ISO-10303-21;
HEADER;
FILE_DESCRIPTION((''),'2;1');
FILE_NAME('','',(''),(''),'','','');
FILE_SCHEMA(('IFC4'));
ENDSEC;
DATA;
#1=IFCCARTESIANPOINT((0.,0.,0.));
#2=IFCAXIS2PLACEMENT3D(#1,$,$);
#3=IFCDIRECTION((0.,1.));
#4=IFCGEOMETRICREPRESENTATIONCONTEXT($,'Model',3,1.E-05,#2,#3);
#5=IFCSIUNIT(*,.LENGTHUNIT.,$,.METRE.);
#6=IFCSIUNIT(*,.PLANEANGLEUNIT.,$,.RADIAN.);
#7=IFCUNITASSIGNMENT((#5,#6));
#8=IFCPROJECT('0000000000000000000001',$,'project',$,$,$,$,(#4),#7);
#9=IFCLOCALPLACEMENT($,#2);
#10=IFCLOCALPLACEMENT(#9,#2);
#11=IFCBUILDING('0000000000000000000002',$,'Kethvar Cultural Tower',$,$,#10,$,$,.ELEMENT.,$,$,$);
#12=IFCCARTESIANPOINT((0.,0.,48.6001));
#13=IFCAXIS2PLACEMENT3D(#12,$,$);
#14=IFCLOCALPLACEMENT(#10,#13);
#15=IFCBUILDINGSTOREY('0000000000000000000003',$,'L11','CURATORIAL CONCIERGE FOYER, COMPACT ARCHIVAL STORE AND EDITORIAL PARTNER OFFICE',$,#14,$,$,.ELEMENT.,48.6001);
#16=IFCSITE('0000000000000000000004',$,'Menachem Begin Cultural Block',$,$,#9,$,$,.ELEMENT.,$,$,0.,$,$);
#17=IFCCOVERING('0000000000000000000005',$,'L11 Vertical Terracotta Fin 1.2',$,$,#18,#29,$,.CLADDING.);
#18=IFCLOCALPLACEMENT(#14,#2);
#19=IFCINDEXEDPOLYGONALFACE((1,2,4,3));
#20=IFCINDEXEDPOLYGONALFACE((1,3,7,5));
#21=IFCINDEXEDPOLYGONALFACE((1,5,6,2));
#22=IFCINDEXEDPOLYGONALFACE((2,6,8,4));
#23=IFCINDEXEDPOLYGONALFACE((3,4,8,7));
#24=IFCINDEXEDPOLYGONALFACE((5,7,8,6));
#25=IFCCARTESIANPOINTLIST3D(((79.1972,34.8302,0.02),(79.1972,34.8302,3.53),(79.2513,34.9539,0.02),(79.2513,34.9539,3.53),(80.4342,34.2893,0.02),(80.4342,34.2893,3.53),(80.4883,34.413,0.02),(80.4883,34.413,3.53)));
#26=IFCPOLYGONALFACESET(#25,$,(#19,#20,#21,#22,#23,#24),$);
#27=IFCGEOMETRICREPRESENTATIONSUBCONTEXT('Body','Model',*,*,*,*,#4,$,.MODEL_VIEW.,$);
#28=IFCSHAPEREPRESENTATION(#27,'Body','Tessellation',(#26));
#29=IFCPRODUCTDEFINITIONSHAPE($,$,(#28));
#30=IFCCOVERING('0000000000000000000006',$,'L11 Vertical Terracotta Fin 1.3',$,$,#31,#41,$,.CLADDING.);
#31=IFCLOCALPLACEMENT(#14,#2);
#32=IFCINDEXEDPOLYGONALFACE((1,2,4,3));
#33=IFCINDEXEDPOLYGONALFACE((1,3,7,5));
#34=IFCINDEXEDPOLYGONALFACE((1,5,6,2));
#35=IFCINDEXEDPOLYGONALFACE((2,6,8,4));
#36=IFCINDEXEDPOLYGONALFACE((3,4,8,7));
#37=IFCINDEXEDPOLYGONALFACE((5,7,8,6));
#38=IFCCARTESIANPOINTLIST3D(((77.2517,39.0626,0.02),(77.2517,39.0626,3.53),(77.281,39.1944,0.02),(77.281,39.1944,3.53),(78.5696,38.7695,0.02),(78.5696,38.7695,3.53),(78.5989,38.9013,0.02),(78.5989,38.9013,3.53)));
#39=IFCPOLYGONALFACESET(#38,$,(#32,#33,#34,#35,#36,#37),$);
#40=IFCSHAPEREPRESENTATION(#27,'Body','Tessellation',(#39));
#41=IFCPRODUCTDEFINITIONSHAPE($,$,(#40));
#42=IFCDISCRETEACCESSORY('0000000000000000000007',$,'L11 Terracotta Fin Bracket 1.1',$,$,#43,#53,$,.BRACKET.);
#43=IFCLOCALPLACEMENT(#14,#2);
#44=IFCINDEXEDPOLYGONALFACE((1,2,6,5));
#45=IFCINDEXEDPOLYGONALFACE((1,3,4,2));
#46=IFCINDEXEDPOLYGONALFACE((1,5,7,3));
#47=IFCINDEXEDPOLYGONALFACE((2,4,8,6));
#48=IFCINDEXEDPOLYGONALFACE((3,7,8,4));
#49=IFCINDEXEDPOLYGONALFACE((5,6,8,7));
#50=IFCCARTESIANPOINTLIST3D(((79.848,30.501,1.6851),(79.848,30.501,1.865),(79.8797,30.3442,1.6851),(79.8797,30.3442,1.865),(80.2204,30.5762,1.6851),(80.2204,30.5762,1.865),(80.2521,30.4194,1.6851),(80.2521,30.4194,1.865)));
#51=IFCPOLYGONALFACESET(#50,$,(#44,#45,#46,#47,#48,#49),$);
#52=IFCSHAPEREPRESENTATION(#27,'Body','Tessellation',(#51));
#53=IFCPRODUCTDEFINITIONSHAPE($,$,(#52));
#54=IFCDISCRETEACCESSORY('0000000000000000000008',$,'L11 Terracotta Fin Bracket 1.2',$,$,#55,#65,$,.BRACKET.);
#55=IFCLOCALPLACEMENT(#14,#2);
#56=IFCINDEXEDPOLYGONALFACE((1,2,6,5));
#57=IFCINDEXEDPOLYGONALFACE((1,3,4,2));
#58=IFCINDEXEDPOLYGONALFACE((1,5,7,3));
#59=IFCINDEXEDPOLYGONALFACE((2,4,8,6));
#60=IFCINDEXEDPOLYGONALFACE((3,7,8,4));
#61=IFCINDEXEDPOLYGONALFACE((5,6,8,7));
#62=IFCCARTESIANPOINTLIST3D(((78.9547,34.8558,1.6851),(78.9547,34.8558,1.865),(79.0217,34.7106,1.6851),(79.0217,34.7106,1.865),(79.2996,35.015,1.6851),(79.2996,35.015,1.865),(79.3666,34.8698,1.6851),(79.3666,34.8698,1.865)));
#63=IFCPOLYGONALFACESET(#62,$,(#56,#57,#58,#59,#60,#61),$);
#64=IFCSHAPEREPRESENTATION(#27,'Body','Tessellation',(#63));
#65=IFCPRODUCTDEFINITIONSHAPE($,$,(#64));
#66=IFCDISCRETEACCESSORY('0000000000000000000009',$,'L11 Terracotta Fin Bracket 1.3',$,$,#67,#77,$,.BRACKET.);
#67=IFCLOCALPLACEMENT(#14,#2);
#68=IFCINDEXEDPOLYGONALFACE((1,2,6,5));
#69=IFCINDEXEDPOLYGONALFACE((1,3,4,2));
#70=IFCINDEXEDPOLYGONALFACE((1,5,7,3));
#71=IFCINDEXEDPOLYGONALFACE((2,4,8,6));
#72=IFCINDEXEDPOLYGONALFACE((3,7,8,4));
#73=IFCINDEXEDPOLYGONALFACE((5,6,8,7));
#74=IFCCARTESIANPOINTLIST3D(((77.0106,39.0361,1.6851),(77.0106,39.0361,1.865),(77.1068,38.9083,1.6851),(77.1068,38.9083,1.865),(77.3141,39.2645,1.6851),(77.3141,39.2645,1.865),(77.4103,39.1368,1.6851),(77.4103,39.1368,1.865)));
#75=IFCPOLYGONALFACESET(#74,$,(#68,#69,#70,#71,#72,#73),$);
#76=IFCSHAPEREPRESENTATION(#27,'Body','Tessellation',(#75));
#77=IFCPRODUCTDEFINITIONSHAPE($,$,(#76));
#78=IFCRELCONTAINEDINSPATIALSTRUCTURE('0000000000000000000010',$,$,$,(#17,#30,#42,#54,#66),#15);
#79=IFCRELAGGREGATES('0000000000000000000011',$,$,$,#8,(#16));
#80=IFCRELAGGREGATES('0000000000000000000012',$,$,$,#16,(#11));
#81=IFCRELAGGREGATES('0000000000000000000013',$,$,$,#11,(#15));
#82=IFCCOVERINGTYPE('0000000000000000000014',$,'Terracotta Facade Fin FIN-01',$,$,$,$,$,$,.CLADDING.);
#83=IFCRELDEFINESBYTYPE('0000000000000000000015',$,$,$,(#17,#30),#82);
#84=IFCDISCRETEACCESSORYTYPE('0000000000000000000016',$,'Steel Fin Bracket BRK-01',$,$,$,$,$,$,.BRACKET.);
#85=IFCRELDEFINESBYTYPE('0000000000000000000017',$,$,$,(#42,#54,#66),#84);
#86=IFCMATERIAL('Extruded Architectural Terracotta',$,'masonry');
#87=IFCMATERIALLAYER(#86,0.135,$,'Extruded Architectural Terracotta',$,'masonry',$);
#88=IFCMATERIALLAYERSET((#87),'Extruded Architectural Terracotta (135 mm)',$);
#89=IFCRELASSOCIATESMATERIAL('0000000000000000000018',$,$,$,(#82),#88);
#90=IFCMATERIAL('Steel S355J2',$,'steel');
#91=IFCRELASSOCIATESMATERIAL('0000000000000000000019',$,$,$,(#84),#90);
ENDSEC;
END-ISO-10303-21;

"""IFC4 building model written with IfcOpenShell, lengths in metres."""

from ifc_helpers import new_model, si_unit, direction, frame, origin, origin_2d, place, context, subcontext, project, spatial, rectangle, extrude, source, transform, mapped, material, layer, layer_set, type_object, element, save


model = new_model("IFC4")

# Units and contexts
model_context = context("Model", 3, precision=1e-05, world=origin(), true_north=direction((0.0, 1.0)))
body_context = subcontext(model_context, "Body", "Model", "MODEL_VIEW")
ifc_project = project(units=[si_unit("LENGTHUNIT", "METRE"), si_unit("PLANEANGLEUNIT", "RADIAN")], contexts=[model_context])

# Site, building, storey
site_placement = place(None, origin())
site = spatial("IfcSite", under=ifc_project, at=site_placement, Name="Menachem Begin Cultural Block", CompositionType="ELEMENT", RefElevation=0.0)
building_placement = place(site_placement, origin())
building = spatial("IfcBuilding", under=site, at=building_placement, Name="Kethvar Cultural Tower", CompositionType="ELEMENT")
storey_placement = place(building_placement, frame((0.0, 0.0, 48.6001)))
storey = spatial("IfcBuildingStorey", under=building, at=storey_placement, Name="L11", Description="CURATORIAL CONCIERGE FOYER, COMPACT ARCHIVAL STORE AND EDITORIAL PARTNER OFFICE", CompositionType="ELEMENT", Elevation=48.6001)

# Shared definitions
ifc_material_1 = material(Name="Steel S355J2", Category="steel")

# Coverings
ifc_material_2 = material(Name="Extruded Architectural Terracotta", Category="masonry")
ifc_layer_1 = layer(ifc_material_2, 0.135, Name="Extruded Architectural Terracotta", Category="masonry")
ifc_layer_set_1 = layer_set([ifc_layer_1], Name="Extruded Architectural Terracotta (135 mm)")
covering_type = type_object("IfcCoveringType", Name="Terracotta Facade Fin FIN-01", PredefinedType="CLADDING", material=ifc_layer_set_1)
shared_shape_1 = source(origin(), body_context, "Body", "SweptSolid", [
    extrude(rectangle(XDim=1.3501, YDim=0.135, at=origin_2d()), origin(), (0.0, 0.0, 1.0), 3.51),
])
for number, where, z_axis, x_axis, name in (
    (1, (79.8428, 34.6216, 0.02), (0.0, 0.0, 1.0), (0.916223, -0.400669, 0.0), "L11 Vertical Terracotta Fin 1.2"),
    (2, (77.9253, 38.9819, 0.02), (0.0, 0.0, 1.0), (0.976145, -0.217121, 0.0), "L11 Vertical Terracotta Fin 1.3"),
):
    element("IfcCovering", number, at=place(storey_placement, frame(where, z_axis=z_axis, x_axis=x_axis)), inside=storey, type_object=covering_type, Name=name, PredefinedType="CLADDING", context=body_context, shape_type="MappedRepresentation", body=[
        mapped(shared_shape_1, transform((0.0, 0.0, 0.0), scale=1.0)),
    ])

# Discrete accessories
discrete_accessory_type = type_object("IfcDiscreteAccessoryType", Name="Steel Fin Bracket BRK-01", PredefinedType="BRACKET", material=ifc_material_1)
shared_shape_2 = source(origin(), body_context, "Body", "SweptSolid", [
    extrude(rectangle(XDim=0.3799, YDim=0.1599, at=origin_2d()), origin(), (0.0, 0.0, 1.0), 0.1799),
])
for number, where, z_axis, x_axis, name in (
    (3, (80.05, 30.4602, 1.6851), (0.0, 0.0, 1.0), (0.980202, 0.198, 0.0), "L11 Terracotta Fin Bracket 1.1"),
    (4, (79.1606, 34.8628, 1.6851), (0.0, 0.0, 1.0), (0.907924, 0.419135, 0.0), "L11 Terracotta Fin Bracket 1.2"),
    (5, (77.2104, 39.0864, 1.6851), (0.0, 0.0, 1.0), (0.798951, 0.601397, 0.0), "L11 Terracotta Fin Bracket 1.3"),
):
    element("IfcDiscreteAccessory", number, at=place(storey_placement, frame(where, z_axis=z_axis, x_axis=x_axis)), inside=storey, type_object=discrete_accessory_type, Name=name, PredefinedType="BRACKET", context=body_context, shape_type="MappedRepresentation", body=[
        mapped(shared_shape_2, transform((0.0, 0.0, 0.0), scale=1.0)),
    ])

save(model, "model.ifc")
